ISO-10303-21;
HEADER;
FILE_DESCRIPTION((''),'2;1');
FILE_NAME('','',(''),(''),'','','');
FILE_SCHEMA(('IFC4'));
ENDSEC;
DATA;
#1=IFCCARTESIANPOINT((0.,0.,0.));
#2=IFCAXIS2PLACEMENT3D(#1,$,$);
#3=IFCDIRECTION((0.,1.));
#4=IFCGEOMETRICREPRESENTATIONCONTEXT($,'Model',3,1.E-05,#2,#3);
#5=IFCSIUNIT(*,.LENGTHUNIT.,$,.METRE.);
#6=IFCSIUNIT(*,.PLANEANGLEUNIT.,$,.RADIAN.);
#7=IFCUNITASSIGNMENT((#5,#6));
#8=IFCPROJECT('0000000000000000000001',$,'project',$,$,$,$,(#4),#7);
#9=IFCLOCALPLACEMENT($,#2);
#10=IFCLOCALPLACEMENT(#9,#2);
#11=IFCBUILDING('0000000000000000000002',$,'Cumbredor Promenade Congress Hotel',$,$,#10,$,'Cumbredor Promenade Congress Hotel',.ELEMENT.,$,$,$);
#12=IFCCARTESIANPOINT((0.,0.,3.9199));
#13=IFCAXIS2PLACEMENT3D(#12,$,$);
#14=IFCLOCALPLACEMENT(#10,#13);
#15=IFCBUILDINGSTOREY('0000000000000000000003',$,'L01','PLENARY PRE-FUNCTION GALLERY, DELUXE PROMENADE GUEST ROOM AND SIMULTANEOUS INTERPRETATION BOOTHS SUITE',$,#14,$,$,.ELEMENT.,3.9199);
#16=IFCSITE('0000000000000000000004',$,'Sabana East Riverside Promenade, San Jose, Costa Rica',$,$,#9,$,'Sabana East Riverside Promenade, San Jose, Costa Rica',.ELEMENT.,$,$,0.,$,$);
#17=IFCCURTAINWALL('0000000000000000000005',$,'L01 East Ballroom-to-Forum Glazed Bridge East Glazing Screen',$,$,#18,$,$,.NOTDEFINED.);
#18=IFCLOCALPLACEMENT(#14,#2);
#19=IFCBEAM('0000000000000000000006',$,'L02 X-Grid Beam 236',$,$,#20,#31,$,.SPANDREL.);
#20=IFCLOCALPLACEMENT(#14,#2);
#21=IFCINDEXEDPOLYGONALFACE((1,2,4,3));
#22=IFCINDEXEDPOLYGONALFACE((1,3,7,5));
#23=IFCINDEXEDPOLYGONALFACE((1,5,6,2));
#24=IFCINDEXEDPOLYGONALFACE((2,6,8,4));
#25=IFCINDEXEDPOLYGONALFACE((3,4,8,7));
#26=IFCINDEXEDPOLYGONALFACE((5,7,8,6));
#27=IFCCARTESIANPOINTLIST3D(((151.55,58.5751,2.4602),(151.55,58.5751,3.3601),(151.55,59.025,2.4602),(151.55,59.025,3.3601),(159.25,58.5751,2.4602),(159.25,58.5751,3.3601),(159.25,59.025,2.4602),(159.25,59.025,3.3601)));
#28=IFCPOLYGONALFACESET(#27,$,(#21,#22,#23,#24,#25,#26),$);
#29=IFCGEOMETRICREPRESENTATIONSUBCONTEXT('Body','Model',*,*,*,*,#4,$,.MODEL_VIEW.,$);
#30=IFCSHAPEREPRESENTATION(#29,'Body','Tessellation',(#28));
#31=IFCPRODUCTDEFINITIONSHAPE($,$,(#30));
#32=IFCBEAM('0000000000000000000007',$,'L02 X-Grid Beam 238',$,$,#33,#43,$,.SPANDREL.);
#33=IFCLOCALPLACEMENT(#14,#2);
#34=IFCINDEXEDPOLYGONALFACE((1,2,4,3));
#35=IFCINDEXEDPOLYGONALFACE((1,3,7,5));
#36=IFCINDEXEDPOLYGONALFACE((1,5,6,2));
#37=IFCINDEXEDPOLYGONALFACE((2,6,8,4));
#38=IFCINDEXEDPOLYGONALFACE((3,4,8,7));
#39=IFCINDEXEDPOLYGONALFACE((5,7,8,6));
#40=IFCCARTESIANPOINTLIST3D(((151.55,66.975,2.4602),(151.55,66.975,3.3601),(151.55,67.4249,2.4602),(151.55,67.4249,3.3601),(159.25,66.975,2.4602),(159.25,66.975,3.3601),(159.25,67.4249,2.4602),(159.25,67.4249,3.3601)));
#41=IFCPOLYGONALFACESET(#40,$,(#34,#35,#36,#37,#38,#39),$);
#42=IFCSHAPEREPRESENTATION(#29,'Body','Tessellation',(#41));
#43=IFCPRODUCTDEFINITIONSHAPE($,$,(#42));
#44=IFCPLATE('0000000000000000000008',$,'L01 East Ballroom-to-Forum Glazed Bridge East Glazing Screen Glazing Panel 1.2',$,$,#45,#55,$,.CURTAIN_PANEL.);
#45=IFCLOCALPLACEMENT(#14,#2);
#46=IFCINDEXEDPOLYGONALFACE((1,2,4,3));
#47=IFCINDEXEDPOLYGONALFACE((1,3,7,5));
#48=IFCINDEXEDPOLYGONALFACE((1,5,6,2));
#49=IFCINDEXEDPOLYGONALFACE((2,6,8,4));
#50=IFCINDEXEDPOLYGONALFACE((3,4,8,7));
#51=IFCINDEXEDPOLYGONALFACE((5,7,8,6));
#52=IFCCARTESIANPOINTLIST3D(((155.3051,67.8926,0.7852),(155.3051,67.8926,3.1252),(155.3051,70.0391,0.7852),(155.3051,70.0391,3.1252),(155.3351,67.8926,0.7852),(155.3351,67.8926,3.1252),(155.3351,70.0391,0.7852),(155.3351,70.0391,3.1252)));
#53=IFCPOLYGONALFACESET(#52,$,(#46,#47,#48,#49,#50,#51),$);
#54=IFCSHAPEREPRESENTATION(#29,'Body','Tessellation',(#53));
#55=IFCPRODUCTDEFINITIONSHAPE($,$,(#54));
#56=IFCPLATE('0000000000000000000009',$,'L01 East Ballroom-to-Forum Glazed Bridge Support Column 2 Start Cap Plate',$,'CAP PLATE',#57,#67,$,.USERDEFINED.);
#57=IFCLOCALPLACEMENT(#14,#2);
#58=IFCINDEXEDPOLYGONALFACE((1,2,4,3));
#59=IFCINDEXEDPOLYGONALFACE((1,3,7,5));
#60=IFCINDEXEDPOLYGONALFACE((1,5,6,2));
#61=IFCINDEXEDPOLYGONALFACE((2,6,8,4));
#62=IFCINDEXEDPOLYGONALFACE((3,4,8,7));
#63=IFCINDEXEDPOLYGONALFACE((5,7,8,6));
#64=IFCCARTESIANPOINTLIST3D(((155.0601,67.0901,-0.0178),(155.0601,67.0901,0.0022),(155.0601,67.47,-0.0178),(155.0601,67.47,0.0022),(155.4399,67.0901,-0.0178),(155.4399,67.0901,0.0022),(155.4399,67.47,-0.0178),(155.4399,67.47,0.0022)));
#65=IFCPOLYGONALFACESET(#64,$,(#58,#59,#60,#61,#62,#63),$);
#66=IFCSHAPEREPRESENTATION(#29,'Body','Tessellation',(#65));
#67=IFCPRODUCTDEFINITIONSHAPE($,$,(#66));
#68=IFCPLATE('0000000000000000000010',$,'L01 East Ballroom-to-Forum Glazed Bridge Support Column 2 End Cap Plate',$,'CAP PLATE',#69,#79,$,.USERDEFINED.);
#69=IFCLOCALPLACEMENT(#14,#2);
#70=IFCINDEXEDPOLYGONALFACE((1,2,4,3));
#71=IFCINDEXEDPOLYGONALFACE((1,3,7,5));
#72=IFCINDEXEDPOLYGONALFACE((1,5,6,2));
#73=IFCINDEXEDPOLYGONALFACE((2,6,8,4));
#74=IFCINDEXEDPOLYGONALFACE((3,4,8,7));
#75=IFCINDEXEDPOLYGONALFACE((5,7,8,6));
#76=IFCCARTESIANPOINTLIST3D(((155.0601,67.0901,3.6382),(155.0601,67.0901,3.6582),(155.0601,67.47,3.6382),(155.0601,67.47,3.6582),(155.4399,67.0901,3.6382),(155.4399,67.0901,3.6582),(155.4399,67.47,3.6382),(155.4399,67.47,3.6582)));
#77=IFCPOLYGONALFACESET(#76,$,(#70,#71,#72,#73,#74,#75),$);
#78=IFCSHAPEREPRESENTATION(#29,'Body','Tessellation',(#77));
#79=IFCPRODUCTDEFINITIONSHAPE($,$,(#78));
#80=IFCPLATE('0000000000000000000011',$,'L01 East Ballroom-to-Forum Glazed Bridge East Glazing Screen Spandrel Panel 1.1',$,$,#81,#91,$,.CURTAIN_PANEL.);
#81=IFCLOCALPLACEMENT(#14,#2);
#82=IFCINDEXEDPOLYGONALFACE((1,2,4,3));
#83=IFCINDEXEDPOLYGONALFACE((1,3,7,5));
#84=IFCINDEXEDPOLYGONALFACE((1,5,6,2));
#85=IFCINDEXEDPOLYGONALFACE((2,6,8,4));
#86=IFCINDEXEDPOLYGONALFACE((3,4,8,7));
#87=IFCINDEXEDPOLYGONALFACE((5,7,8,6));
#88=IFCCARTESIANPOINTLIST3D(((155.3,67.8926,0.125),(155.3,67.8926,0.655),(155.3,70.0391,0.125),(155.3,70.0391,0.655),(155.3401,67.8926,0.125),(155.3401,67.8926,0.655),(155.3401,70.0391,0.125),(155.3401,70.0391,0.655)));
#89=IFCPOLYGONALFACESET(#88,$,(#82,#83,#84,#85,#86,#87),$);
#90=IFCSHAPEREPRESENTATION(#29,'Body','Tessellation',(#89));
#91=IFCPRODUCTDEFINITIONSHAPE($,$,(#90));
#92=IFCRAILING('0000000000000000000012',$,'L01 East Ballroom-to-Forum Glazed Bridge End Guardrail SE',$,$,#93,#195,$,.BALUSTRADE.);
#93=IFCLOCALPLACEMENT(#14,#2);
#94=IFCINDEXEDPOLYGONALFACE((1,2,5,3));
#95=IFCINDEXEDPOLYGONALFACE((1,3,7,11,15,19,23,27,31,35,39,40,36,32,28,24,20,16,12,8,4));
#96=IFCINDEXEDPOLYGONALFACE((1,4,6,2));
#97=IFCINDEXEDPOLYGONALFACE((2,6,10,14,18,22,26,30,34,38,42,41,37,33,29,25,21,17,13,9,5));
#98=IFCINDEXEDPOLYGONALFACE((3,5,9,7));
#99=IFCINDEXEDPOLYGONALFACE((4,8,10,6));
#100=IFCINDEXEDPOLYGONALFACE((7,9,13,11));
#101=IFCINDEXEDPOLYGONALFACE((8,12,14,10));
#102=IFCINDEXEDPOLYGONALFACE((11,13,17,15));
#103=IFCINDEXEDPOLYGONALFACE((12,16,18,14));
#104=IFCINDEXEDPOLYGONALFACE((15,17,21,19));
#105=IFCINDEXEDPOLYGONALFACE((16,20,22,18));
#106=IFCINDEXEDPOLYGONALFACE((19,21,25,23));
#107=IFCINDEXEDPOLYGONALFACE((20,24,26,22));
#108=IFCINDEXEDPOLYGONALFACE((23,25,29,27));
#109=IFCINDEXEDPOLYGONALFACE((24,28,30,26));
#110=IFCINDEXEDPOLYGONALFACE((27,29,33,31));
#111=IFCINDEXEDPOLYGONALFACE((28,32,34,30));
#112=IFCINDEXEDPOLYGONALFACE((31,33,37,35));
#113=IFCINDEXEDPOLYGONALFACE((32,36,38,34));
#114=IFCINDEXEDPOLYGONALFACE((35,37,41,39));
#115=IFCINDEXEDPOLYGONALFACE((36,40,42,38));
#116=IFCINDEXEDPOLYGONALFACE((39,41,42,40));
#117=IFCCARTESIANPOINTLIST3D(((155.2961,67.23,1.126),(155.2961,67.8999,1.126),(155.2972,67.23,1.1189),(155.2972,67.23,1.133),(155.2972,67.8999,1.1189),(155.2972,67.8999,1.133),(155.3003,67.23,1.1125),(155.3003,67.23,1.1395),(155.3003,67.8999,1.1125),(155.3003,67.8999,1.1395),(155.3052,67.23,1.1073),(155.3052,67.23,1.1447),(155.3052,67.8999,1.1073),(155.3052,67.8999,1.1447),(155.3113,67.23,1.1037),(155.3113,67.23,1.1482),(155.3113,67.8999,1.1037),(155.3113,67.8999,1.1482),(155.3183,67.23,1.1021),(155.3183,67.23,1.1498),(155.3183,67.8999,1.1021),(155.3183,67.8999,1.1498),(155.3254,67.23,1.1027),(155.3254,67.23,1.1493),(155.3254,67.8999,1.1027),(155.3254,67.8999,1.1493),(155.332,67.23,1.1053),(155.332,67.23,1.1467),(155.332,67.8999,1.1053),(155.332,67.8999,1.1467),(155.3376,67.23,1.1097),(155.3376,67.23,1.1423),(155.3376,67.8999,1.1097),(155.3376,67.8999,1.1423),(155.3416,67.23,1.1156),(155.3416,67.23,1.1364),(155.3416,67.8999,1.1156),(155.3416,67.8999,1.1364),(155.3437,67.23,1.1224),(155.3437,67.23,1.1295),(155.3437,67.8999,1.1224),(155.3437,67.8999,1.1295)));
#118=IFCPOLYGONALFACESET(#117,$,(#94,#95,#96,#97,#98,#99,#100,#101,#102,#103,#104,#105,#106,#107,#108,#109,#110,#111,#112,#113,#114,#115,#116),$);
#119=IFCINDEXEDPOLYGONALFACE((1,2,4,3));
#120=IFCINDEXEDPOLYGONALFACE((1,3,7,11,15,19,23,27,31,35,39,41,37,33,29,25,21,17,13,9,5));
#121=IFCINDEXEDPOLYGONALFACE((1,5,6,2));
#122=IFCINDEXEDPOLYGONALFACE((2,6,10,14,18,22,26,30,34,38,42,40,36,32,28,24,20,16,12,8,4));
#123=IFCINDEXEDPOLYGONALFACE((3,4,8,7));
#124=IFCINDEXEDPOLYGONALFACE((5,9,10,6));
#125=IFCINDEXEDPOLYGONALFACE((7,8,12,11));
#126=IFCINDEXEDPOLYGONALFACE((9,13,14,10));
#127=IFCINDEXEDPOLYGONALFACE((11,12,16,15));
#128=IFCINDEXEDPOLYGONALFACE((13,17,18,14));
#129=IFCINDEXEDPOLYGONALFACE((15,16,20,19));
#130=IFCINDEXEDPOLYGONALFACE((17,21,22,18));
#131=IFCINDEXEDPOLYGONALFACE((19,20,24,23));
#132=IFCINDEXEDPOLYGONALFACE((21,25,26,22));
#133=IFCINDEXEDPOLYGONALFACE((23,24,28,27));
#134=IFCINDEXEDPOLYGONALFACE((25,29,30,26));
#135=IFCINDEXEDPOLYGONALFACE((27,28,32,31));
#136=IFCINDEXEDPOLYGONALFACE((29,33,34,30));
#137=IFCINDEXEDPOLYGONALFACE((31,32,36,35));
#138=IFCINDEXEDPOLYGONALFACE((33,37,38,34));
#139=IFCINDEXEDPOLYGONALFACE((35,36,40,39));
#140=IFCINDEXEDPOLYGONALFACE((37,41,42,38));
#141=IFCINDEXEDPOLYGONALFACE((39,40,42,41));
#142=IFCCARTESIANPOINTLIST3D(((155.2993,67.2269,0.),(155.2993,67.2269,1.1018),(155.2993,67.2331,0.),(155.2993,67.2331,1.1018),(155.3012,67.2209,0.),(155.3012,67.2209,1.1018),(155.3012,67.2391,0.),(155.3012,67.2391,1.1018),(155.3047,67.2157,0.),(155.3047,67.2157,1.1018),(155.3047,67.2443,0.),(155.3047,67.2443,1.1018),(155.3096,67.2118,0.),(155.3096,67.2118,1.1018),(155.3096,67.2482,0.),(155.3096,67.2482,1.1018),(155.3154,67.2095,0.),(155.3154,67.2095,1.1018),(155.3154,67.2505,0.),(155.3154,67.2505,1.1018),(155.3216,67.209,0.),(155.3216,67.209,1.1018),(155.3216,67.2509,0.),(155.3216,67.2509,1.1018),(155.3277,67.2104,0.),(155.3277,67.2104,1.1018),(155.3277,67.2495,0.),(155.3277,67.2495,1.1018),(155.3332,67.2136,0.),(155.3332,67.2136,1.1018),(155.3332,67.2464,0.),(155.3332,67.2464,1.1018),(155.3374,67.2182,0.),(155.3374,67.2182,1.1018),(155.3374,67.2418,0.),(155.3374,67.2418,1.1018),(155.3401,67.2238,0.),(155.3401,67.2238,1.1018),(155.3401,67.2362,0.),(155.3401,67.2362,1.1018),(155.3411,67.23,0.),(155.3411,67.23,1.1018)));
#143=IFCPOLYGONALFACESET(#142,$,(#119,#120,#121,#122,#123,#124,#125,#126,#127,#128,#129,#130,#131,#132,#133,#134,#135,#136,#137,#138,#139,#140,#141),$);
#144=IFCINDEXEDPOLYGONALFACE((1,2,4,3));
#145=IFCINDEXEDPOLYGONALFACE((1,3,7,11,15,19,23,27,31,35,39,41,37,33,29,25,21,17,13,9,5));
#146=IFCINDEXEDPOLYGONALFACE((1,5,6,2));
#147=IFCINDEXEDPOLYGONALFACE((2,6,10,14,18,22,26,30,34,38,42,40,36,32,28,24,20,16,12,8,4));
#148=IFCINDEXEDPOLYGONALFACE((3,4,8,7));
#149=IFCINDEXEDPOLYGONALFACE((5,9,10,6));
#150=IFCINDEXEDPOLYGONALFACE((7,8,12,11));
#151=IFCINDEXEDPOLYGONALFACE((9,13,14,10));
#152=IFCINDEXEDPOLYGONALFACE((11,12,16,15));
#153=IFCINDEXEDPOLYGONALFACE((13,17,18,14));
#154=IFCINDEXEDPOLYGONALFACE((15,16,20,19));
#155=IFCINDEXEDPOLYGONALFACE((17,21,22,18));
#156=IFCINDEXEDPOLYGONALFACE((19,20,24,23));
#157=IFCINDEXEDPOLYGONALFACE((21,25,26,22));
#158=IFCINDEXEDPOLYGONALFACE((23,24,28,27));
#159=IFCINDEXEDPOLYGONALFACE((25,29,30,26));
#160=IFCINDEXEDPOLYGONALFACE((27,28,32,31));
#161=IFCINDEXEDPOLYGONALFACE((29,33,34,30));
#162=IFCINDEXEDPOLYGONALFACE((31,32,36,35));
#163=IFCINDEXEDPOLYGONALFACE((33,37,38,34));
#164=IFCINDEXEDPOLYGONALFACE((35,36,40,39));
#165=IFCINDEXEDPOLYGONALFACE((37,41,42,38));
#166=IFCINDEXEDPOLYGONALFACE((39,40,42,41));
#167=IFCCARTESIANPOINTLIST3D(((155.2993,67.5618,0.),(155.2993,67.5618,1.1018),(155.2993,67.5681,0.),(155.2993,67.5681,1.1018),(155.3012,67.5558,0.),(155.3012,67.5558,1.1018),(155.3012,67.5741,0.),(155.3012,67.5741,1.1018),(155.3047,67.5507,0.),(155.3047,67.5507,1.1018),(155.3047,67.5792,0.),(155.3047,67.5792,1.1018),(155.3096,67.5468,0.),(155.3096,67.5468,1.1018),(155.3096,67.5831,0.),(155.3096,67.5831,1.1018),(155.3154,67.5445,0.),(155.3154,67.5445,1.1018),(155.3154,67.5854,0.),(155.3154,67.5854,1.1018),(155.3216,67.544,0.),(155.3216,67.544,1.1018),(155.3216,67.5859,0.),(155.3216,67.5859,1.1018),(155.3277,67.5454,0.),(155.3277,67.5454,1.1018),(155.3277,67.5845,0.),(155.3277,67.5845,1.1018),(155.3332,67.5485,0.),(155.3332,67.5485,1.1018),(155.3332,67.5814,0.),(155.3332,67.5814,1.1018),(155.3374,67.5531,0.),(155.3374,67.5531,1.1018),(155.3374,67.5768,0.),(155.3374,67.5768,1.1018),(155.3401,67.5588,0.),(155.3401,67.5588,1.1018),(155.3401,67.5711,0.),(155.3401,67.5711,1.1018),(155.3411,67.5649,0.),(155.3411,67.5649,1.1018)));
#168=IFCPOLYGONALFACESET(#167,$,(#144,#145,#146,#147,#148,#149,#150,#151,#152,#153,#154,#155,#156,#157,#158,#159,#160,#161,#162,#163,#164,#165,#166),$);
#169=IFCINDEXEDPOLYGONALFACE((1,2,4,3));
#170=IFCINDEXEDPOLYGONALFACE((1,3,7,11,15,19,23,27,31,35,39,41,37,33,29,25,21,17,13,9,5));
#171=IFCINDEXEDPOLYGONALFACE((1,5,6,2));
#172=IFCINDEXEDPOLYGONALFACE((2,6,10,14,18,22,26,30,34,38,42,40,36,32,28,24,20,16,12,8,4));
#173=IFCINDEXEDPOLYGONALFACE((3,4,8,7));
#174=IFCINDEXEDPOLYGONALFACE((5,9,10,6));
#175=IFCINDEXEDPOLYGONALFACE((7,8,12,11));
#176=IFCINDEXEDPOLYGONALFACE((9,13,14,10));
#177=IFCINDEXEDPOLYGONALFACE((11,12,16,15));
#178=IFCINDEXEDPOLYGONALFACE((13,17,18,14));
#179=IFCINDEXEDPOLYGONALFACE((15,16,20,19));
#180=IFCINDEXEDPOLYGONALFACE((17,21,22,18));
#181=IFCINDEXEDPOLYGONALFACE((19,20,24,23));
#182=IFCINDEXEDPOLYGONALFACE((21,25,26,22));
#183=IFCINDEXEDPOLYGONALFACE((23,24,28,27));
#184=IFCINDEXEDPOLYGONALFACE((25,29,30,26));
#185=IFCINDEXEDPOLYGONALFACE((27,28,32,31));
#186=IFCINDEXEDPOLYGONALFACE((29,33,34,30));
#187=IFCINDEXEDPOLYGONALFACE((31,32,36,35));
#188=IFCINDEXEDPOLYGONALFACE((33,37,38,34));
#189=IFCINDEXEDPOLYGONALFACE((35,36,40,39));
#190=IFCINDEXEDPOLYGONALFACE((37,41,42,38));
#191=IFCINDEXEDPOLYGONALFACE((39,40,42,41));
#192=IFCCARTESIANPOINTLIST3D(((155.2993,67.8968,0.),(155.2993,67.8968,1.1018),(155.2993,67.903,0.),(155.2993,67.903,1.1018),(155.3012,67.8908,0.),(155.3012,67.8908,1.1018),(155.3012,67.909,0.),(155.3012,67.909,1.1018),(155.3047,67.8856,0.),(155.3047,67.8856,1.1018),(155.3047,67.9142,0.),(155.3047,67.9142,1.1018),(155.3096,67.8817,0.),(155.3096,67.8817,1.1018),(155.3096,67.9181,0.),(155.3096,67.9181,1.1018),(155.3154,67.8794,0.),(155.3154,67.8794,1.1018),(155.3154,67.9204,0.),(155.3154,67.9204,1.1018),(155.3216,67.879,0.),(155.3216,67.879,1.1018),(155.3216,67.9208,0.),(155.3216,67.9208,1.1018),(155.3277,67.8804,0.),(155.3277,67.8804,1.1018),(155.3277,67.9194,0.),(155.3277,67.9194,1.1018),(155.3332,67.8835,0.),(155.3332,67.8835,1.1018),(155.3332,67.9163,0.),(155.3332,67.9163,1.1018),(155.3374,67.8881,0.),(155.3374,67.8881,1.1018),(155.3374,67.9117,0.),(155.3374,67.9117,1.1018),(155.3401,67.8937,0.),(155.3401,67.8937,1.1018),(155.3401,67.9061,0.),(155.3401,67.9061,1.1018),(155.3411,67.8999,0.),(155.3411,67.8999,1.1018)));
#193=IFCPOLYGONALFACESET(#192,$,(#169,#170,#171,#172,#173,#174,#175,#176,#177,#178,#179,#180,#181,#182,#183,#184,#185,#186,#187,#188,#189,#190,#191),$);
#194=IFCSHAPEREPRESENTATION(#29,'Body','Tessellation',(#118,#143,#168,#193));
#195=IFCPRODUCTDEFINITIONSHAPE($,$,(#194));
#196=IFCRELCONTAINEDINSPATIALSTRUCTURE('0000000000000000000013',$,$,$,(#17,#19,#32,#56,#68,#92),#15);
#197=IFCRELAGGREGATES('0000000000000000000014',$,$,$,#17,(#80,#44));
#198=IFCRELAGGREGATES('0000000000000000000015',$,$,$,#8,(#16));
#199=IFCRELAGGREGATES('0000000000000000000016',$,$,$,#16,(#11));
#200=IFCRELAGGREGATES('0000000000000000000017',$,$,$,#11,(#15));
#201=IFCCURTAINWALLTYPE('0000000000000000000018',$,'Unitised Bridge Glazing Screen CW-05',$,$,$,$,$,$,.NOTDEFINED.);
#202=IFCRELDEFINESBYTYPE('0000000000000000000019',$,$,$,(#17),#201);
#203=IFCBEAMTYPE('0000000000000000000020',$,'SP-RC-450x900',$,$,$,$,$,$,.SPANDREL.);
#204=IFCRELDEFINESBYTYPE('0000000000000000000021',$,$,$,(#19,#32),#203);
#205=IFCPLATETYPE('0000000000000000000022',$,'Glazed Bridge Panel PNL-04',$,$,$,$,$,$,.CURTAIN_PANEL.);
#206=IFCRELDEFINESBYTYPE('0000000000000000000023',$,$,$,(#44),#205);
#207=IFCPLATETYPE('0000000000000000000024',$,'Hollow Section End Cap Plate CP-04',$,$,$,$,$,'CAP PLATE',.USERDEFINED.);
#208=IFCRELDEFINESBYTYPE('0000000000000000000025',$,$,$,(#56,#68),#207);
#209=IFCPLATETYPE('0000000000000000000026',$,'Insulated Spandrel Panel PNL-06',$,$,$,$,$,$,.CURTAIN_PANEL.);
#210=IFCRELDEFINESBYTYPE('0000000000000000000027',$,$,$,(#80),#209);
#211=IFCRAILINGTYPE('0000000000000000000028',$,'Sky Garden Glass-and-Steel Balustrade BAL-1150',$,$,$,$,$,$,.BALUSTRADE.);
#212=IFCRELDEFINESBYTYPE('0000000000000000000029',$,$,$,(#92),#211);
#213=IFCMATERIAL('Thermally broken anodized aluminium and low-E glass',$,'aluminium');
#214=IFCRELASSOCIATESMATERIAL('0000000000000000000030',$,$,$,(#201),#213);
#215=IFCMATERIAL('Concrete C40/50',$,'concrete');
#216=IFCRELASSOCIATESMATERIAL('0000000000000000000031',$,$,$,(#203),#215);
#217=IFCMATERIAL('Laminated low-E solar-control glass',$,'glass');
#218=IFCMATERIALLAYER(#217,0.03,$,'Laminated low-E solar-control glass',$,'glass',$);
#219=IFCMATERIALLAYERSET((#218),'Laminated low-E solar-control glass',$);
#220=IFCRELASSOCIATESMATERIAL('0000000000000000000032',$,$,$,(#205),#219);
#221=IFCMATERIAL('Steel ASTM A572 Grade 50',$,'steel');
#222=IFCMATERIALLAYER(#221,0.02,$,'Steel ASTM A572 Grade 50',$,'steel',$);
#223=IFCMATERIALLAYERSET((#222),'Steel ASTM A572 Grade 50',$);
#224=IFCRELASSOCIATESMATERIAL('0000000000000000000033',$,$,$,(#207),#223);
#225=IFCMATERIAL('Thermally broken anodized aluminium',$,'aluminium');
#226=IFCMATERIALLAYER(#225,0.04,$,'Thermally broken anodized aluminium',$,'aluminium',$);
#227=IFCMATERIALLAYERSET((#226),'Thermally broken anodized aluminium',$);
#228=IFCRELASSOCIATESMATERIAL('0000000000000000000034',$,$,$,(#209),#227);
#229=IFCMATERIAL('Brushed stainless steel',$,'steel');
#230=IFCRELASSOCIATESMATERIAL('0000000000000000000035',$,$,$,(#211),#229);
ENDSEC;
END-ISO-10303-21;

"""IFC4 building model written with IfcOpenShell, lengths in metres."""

from ifc_helpers import new_model, si_unit, direction, frame, origin, origin_2d, place, context, subcontext, project, spatial, rectangle, circle, extrude, material, layer, layer_set, material_profile, profile_set, type_object, element, aggregate, save


model = new_model("IFC4")

# Units and contexts
model_context = context("Model", 3, precision=1e-05, world=origin(), true_north=direction((0.0, 1.0)))
body_context = subcontext(model_context, "Body", "Model", "MODEL_VIEW")
ifc_project = project(units=[si_unit("LENGTHUNIT", "METRE"), si_unit("PLANEANGLEUNIT", "RADIAN")], contexts=[model_context])

# Site, building, storey
site_placement = place(None, origin())
site = spatial("IfcSite", under=ifc_project, at=site_placement, Name="Sabana East Riverside Promenade, San Jose, Costa Rica", LongName="Sabana East Riverside Promenade, San Jose, Costa Rica", CompositionType="ELEMENT", RefElevation=0.0)
building_placement = place(site_placement, origin())
building = spatial("IfcBuilding", under=site, at=building_placement, Name="Cumbredor Promenade Congress Hotel", LongName="Cumbredor Promenade Congress Hotel", CompositionType="ELEMENT")
storey_placement = place(building_placement, frame((0.0, 0.0, 3.9199)))
storey = spatial("IfcBuildingStorey", under=building, at=storey_placement, Name="L01", Description="PLENARY PRE-FUNCTION GALLERY, DELUXE PROMENADE GUEST ROOM AND SIMULTANEOUS INTERPRETATION BOOTHS SUITE", CompositionType="ELEMENT", Elevation=3.9199)

# Curtain wall
ifc_material_1 = material(Name="Thermally broken anodized aluminium and low-E glass", Category="aluminium")
curtain_wall_type = type_object("IfcCurtainWallType", Name="Unitised Bridge Glazing Screen CW-05", PredefinedType="NOTDEFINED", material=ifc_material_1)
ifc_material_2 = material(Name="Thermally broken anodized aluminium", Category="aluminium")
curtain_wall_1_placement = place(storey_placement, origin())
curtain_wall_1 = element("IfcCurtainWall", 1, at=curtain_wall_1_placement, inside=storey, type_object=curtain_wall_type, Name="L01 East Ballroom-to-Forum Glazed Bridge East Glazing Screen", PredefinedType="NOTDEFINED")

# Beams
ifc_material_3 = material(Name="Concrete C40/50", Category="concrete")
ifc_material_profile_1 = material_profile(ifc_material_3, rectangle(XDim=0.45, YDim=0.8999, at=origin_2d()), Name="RC SPANDREL 450x900")
ifc_profile_set_1 = profile_set([ifc_material_profile_1], Name="Concrete C40/50")
beam_type_1 = type_object("IfcBeamType", Name="SP-RC-450x900", PredefinedType="SPANDREL", material=ifc_profile_set_1)
for number, where, z_axis, x_axis, name in (
    (2, (151.55, 58.8, 2.9102), (1.0, 0.0, 0.0), (0.0, 1.0, 0.0), "L02 X-Grid Beam 236"),
    (3, (151.55, 67.2, 2.9102), (1.0, 0.0, 0.0), (0.0, 1.0, 0.0), "L02 X-Grid Beam 238"),
):
    element("IfcBeam", number, at=place(storey_placement, frame(where, z_axis=z_axis, x_axis=x_axis)), inside=storey, type_object=beam_type_1, Name=name, PredefinedType="SPANDREL", context=body_context, shape_type="SweptSolid", body=[
        extrude(rectangle(XDim=0.45, YDim=0.8999, at=origin_2d()), origin(), (0.0, 0.0, 1.0), 7.7),
    ])

# Plate
ifc_material_4 = material(Name="Laminated low-E solar-control glass", Category="glass")
ifc_layer_1 = layer(ifc_material_4, 0.03, Name="Laminated low-E solar-control glass", Category="glass")
ifc_layer_set_1 = layer_set([ifc_layer_1], Name="Laminated low-E solar-control glass")
plate_type_1 = type_object("IfcPlateType", Name="Glazed Bridge Panel PNL-04", PredefinedType="CURTAIN_PANEL", material=ifc_layer_set_1)
plate_1_placement = place(storey_placement, frame((155.3201, 68.9658, 0.7852), z_axis=(0.0, 0.0, 1.0), x_axis=(0.0, 1.0, 0.0)))
plate_1 = element("IfcPlate", 4, at=plate_1_placement, type_object=plate_type_1, Name="L01 East Ballroom-to-Forum Glazed Bridge East Glazing Screen Glazing Panel 1.2", PredefinedType="CURTAIN_PANEL", context=body_context, shape_type="SweptSolid", body=[
    extrude(rectangle(XDim=2.1465, YDim=0.03, at=origin_2d()), origin(), (0.0, 0.0, 1.0), 2.3401),
])

# Plates
ifc_material_5 = material(Name="Steel ASTM A572 Grade 50", Category="steel")
ifc_layer_2 = layer(ifc_material_5, 0.02, Name="Steel ASTM A572 Grade 50", Category="steel")
ifc_layer_set_2 = layer_set([ifc_layer_2], Name="Steel ASTM A572 Grade 50")
plate_type_2 = type_object("IfcPlateType", Name="Hollow Section End Cap Plate CP-04", ElementType="CAP PLATE", PredefinedType="USERDEFINED", material=ifc_layer_set_2)
for number, where, z_axis, x_axis, name in (
    (5, (155.25, 67.28, -0.0178), (0.0, 0.0, 1.0), (1.0, 0.0, 0.0), "L01 East Ballroom-to-Forum Glazed Bridge Support Column 2 Start Cap Plate"),
    (6, (155.25, 67.28, 3.6382), (0.0, 0.0, 1.0), (1.0, 0.0, 0.0), "L01 East Ballroom-to-Forum Glazed Bridge Support Column 2 End Cap Plate"),
):
    element("IfcPlate", number, at=place(storey_placement, frame(where, z_axis=z_axis, x_axis=x_axis)), inside=storey, type_object=plate_type_2, Name=name, ObjectType="CAP PLATE", PredefinedType="USERDEFINED", context=body_context, shape_type="SweptSolid", body=[
        extrude(rectangle(XDim=0.3799, YDim=0.3799, at=origin_2d()), origin(), (0.0, 0.0, 1.0), 0.02),
    ])

# Plate
ifc_layer_3 = layer(ifc_material_2, 0.04, Name="Thermally broken anodized aluminium", Category="aluminium")
ifc_layer_set_3 = layer_set([ifc_layer_3], Name="Thermally broken anodized aluminium")
plate_type_3 = type_object("IfcPlateType", Name="Insulated Spandrel Panel PNL-06", PredefinedType="CURTAIN_PANEL", material=ifc_layer_set_3)
plate_2_placement = place(storey_placement, frame((155.3201, 68.9658, 0.125), z_axis=(0.0, 0.0, 1.0), x_axis=(0.0, 1.0, 0.0)))
plate_2 = element("IfcPlate", 7, at=plate_2_placement, type_object=plate_type_3, Name="L01 East Ballroom-to-Forum Glazed Bridge East Glazing Screen Spandrel Panel 1.1", PredefinedType="CURTAIN_PANEL", context=body_context, shape_type="SweptSolid", body=[
    extrude(rectangle(XDim=2.1465, YDim=0.04, at=origin_2d()), origin(), (0.0, 0.0, 1.0), 0.53),
])
aggregate(curtain_wall_1, [plate_2, plate_1])

# Railing
ifc_material_6 = material(Name="Brushed stainless steel", Category="steel")
railing_type = type_object("IfcRailingType", Name="Sky Garden Glass-and-Steel Balustrade BAL-1150", PredefinedType="BALUSTRADE", material=ifc_material_6)
railing_placement = place(storey_placement, frame((155.3201, 67.23, 0.0)))
element("IfcRailing", 8, at=railing_placement, inside=storey, type_object=railing_type, Name="L01 East Ballroom-to-Forum Glazed Bridge End Guardrail SE", PredefinedType="BALUSTRADE", context=body_context, shape_type="SweptSolid", body=[
    extrude(circle(Radius=0.0239, at=origin_2d()), frame((0.0, 0.0, 1.126), z_axis=(0.0, 1.0, 0.0), x_axis=(-1.0, 0.0, 0.0)), (0.0, 0.0, 1.0), 0.6699),
    extrude(circle(Radius=0.021, at=origin_2d()), origin(), (0.0, 0.0, 1.0), 1.1018),
    extrude(circle(Radius=0.021, at=origin_2d()), frame((0.0, 0.335, 0.0)), (0.0, 0.0, 1.0), 1.1018),
    extrude(circle(Radius=0.021, at=origin_2d()), frame((0.0, 0.6699, 0.0)), (0.0, 0.0, 1.0), 1.1018),
])

save(model, "model.ifc")
